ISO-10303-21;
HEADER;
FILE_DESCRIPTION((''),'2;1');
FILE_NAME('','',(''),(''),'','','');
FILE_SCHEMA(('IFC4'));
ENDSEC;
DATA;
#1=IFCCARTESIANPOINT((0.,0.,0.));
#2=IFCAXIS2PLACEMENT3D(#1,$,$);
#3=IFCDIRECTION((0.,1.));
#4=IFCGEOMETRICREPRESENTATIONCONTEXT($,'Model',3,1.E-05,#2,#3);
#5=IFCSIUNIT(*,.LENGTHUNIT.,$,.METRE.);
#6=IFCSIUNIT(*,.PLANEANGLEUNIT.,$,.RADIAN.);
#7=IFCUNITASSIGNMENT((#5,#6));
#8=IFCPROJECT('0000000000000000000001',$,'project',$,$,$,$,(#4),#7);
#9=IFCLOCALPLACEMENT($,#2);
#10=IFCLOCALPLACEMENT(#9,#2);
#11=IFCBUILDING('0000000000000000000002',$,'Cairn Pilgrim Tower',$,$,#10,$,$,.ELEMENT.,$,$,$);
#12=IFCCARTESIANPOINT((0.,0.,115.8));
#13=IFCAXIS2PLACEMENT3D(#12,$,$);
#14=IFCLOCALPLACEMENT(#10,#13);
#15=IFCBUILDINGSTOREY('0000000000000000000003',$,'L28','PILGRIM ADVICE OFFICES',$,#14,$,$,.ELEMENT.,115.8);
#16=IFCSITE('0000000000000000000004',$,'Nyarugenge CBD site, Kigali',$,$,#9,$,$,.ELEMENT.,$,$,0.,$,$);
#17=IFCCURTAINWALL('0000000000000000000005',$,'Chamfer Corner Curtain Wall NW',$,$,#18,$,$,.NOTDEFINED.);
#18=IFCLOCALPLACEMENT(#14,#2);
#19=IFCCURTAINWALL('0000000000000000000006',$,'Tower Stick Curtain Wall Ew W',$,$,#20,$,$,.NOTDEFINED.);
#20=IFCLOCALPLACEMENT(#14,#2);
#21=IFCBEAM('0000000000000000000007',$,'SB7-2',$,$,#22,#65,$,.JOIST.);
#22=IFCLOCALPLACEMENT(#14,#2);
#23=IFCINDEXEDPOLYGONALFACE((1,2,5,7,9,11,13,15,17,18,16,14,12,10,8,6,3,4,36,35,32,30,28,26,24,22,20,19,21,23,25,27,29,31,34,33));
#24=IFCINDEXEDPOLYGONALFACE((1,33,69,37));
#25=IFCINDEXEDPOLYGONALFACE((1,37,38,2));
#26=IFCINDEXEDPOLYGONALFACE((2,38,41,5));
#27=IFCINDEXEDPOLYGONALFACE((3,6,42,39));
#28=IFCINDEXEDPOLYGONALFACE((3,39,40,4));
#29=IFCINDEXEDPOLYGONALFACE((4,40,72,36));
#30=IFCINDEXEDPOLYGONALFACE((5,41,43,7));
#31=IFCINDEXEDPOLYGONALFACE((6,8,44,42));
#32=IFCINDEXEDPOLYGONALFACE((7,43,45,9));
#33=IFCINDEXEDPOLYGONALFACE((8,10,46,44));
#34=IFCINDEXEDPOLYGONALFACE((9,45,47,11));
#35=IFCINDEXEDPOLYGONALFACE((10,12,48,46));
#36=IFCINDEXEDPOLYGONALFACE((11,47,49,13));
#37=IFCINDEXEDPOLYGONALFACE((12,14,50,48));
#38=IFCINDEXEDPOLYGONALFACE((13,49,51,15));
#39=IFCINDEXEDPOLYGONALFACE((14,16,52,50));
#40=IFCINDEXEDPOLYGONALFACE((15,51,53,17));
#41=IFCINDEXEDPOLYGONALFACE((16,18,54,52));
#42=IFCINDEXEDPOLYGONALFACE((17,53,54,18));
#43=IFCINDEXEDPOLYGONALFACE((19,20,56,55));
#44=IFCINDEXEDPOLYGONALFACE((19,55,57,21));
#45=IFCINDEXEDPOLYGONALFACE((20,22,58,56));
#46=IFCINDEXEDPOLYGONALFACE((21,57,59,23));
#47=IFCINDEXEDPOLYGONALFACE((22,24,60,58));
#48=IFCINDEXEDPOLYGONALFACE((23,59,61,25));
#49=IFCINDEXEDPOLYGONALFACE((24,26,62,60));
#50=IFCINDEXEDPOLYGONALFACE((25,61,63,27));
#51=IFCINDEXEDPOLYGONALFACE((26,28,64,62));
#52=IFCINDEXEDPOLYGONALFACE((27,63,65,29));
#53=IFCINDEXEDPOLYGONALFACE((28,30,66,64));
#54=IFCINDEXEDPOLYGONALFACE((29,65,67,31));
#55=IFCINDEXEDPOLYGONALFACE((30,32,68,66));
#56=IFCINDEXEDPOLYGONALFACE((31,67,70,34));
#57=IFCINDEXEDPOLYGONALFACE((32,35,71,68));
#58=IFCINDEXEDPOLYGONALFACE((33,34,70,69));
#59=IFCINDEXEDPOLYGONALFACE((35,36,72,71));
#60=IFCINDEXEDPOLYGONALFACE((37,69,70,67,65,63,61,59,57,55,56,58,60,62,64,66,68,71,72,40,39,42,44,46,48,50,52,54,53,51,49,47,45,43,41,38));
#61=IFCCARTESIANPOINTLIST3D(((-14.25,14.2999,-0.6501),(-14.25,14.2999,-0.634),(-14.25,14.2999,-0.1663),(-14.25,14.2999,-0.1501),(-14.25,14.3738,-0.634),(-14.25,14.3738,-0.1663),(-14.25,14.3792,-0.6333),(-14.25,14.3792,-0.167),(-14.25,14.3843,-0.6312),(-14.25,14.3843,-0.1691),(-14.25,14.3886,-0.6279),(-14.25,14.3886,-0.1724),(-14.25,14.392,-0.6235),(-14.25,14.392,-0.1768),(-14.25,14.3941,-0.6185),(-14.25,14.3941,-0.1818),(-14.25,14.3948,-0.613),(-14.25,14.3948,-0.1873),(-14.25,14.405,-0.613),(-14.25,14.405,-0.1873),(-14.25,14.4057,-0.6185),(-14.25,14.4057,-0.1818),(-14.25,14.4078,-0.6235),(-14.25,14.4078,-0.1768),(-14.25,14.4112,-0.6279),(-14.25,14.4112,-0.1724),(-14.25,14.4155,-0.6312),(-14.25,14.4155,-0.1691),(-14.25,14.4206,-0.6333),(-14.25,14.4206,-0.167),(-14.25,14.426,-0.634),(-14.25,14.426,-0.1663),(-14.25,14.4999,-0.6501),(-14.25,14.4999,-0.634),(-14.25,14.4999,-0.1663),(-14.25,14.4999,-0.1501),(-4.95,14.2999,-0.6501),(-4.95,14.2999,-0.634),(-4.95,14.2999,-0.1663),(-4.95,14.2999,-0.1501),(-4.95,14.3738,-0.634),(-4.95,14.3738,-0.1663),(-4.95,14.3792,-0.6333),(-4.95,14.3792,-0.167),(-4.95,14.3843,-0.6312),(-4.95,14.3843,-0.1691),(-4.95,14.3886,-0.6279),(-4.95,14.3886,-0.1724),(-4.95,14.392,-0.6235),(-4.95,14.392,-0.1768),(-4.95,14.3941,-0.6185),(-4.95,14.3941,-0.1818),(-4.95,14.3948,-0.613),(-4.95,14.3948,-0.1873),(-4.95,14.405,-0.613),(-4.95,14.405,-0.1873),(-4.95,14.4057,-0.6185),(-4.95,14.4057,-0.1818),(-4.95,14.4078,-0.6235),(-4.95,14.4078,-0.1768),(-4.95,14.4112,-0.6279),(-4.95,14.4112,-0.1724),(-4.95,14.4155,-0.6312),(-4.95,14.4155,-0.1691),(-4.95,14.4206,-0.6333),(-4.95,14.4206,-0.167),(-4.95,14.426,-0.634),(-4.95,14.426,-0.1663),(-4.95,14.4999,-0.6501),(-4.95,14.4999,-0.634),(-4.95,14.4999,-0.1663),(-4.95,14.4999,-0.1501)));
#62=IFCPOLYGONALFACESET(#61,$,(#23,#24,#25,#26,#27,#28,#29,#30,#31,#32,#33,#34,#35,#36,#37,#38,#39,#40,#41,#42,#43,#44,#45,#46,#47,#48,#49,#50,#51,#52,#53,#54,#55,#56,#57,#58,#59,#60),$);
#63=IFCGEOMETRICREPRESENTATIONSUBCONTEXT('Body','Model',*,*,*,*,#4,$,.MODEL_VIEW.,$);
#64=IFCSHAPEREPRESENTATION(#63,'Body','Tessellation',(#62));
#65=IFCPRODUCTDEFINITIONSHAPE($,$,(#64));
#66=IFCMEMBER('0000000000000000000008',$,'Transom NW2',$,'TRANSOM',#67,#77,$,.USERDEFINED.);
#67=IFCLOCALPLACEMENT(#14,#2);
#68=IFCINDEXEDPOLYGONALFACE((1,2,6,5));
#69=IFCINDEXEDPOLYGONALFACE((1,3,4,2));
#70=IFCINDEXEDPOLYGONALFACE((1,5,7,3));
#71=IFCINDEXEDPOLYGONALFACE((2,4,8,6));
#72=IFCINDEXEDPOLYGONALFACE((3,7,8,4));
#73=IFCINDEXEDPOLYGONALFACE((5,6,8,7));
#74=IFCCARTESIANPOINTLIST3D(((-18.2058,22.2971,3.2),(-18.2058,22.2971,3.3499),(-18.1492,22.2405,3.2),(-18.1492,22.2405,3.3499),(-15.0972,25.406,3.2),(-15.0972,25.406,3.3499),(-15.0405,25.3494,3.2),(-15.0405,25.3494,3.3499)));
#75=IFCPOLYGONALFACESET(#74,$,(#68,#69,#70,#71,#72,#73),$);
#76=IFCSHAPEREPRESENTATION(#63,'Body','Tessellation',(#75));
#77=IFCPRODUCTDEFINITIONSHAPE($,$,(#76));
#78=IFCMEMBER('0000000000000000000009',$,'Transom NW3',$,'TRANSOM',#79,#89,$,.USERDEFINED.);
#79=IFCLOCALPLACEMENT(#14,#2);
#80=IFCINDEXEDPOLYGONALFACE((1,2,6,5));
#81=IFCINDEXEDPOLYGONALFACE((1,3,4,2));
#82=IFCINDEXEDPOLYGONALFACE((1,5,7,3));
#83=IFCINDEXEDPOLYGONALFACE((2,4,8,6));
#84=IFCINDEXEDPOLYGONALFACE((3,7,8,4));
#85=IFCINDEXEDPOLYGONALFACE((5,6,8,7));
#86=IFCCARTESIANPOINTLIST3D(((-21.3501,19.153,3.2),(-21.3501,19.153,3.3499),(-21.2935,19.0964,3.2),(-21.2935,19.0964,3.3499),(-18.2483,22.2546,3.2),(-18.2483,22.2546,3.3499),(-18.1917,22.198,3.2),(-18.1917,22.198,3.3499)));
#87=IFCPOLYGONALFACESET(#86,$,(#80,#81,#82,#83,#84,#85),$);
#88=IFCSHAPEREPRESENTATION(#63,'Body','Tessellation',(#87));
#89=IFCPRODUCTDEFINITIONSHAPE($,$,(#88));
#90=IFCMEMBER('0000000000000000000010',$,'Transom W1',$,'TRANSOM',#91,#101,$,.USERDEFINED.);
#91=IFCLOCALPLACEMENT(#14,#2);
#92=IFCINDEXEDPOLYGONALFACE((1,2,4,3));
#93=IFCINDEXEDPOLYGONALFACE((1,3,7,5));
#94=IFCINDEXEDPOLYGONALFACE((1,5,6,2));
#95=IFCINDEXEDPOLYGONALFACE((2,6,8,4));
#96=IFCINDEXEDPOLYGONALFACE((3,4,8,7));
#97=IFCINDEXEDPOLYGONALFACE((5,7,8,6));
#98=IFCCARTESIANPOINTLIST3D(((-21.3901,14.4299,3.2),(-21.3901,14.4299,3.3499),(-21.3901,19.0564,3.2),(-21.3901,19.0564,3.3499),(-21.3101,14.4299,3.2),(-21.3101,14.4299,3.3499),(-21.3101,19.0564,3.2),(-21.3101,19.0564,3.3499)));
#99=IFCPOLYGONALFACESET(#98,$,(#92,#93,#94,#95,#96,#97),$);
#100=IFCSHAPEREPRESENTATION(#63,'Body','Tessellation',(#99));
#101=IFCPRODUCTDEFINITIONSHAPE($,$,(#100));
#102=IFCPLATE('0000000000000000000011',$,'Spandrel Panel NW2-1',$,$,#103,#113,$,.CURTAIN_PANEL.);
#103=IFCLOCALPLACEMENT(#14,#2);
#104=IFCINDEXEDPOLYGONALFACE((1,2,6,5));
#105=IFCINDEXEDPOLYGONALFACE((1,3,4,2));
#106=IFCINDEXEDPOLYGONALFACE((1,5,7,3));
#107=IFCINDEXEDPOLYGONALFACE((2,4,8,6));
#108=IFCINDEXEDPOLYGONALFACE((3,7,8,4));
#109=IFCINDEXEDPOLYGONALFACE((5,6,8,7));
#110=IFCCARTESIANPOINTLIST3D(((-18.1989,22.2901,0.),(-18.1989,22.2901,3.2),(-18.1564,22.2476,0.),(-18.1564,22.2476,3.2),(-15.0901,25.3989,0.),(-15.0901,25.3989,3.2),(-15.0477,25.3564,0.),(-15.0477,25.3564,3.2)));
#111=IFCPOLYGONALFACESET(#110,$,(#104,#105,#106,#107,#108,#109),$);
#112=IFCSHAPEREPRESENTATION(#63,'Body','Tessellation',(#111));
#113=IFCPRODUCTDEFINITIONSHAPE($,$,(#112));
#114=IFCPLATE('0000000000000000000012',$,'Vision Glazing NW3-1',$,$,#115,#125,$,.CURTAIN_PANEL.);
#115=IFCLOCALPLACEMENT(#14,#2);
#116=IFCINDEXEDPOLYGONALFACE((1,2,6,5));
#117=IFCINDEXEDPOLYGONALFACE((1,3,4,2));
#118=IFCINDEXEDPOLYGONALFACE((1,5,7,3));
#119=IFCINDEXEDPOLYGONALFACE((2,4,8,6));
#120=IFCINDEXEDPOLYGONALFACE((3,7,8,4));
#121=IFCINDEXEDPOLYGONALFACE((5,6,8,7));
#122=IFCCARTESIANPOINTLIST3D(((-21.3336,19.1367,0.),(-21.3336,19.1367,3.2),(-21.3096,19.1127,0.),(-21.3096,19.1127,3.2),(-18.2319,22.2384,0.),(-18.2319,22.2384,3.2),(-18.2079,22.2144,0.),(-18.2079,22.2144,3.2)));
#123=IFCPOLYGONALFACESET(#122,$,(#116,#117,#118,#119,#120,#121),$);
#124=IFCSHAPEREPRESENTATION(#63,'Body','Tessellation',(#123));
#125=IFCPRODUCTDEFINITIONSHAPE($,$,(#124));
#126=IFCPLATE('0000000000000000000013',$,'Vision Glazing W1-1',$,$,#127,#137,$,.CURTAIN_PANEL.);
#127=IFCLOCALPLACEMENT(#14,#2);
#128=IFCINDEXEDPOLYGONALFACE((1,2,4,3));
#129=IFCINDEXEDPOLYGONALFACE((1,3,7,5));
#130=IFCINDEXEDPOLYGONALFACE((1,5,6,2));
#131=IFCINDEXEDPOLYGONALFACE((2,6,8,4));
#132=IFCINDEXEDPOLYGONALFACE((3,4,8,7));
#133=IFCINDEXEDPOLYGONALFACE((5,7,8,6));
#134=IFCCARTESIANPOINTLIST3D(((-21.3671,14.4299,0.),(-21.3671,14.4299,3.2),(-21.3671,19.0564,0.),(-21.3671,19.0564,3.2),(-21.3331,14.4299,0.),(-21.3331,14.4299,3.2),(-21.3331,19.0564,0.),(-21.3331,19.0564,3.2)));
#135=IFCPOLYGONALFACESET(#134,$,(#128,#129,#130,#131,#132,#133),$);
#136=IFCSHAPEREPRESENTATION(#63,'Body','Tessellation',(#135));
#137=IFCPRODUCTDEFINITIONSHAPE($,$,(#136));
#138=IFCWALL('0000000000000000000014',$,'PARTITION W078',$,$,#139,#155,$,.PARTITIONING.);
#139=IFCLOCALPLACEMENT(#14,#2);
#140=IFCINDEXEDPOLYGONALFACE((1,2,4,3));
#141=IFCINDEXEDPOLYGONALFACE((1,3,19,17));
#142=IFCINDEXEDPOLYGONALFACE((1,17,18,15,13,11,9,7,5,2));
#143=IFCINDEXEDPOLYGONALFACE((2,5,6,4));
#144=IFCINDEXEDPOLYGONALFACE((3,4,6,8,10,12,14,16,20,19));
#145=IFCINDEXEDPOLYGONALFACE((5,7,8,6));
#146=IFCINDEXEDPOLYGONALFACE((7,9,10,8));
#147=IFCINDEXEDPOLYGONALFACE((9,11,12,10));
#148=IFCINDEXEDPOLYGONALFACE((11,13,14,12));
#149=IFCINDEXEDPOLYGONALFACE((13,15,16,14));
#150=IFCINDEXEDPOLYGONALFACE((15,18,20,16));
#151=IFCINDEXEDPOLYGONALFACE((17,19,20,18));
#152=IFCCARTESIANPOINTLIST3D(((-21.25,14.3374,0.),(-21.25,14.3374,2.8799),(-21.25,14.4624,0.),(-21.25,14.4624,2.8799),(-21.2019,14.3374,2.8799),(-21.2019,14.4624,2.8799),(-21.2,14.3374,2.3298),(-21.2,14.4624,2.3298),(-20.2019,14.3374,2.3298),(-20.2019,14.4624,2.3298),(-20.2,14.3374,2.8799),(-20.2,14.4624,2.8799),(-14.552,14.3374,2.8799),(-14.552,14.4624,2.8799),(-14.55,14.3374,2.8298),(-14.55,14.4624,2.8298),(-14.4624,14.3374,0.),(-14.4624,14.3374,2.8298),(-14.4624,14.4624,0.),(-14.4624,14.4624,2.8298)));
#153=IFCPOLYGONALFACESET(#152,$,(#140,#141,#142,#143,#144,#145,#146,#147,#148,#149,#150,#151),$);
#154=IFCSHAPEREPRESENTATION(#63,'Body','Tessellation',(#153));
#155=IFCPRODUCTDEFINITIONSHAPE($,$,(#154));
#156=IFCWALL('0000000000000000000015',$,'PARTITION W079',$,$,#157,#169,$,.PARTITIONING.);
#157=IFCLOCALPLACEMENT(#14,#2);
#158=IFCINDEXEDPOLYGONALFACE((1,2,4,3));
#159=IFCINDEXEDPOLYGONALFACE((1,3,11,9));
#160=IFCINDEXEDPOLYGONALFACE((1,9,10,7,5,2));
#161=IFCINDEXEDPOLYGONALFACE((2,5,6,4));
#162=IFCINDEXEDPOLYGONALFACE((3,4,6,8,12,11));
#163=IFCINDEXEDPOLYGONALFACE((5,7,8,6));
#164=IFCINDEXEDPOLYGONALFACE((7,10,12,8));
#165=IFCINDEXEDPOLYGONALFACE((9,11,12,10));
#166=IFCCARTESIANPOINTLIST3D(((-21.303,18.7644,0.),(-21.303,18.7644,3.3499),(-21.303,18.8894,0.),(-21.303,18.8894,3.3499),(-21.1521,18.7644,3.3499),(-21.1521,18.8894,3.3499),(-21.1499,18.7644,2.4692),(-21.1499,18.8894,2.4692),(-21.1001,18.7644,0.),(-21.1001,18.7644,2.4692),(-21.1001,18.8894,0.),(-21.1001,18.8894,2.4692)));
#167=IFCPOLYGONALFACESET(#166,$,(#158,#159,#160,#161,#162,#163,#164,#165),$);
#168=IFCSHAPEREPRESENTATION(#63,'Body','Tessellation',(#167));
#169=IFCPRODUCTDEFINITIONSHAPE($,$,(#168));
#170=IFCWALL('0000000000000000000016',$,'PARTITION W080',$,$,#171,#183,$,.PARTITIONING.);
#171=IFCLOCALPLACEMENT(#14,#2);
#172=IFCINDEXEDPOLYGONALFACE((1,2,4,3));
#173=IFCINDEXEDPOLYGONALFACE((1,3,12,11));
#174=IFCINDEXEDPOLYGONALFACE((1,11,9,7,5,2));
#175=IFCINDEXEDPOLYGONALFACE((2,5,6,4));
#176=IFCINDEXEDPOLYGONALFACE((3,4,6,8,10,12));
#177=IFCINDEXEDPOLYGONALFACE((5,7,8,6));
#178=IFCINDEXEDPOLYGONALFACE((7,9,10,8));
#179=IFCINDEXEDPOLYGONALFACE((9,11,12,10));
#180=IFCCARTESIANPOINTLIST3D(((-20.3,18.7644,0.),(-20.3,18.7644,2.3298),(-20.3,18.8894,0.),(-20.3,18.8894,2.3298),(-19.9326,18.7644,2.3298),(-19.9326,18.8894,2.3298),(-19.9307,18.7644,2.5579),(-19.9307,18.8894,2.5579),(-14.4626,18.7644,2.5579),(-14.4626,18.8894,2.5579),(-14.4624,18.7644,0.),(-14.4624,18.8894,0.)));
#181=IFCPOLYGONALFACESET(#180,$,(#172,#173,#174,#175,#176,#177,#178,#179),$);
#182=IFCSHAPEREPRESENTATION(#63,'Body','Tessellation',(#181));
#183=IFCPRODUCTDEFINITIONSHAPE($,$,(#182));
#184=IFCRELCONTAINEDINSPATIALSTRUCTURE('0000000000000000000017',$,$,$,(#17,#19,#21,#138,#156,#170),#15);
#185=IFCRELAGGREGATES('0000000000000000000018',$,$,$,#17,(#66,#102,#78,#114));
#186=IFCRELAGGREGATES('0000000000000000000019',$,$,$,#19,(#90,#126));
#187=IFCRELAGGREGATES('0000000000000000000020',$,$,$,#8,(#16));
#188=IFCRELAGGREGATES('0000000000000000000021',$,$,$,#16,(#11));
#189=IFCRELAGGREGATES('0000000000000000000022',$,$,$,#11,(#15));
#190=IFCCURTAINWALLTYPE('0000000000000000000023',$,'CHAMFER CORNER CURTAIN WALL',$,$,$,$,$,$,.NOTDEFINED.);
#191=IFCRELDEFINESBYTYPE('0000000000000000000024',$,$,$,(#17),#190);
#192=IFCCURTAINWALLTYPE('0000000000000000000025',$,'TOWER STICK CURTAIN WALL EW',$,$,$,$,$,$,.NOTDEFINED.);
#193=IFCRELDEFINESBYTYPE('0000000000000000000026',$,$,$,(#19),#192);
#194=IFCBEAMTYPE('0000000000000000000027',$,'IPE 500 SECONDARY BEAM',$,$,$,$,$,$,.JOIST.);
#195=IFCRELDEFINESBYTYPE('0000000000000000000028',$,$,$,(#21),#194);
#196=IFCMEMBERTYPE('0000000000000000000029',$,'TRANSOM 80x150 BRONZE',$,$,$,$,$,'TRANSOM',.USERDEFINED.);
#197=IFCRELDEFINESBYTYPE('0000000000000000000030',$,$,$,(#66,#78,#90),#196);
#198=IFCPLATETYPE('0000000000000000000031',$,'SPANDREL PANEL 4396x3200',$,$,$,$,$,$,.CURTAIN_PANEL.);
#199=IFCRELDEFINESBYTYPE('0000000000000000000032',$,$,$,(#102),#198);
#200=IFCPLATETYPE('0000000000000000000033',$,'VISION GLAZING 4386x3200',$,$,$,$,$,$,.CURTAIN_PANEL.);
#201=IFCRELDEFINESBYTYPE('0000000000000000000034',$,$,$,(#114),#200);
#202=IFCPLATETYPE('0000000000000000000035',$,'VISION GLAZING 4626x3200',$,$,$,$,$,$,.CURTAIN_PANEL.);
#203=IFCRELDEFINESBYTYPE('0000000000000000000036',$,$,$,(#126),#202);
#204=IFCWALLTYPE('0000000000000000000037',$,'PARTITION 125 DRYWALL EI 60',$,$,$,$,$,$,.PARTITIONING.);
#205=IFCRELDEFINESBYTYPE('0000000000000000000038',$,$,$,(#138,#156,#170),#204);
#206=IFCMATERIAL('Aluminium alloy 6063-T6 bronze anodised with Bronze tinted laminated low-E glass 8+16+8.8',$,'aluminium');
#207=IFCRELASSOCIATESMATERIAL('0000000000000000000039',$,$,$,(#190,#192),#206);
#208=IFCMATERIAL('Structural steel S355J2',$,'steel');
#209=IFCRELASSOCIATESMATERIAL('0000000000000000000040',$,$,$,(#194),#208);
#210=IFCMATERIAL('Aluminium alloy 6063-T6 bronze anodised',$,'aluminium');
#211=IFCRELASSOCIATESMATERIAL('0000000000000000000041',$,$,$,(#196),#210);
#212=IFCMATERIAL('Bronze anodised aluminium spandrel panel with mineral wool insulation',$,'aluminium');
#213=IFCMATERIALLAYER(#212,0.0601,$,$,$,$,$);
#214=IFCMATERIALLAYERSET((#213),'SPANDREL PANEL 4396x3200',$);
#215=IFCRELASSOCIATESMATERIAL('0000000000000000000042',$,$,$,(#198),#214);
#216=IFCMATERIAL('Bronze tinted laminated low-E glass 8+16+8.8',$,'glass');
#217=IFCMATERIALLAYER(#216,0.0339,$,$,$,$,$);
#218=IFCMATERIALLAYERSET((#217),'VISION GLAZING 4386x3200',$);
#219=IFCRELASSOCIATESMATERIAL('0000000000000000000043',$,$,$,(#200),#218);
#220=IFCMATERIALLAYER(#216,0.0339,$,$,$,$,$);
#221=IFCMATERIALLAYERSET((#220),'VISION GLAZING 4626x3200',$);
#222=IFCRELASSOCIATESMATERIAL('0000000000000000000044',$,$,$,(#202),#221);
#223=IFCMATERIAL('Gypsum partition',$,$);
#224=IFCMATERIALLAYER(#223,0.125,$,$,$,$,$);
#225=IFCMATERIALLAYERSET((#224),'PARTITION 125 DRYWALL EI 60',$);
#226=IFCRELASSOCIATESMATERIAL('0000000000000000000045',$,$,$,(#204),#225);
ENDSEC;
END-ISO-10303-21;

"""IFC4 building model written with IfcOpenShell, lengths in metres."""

from ifc_helpers import new_model, si_unit, direction, frame, origin, origin_2d, place, context, subcontext, project, spatial, polyline, rectangle, i_section, outline, extrude, material, layer, layer_set, material_profile, profile_set, type_object, element, aggregate, save


model = new_model("IFC4")

# Units and contexts
model_context = context("Model", 3, precision=1e-05, world=origin(), true_north=direction((0.0, 1.0)))
body_context = subcontext(model_context, "Body", "Model", "MODEL_VIEW")
ifc_project = project(units=[si_unit("LENGTHUNIT", "METRE"), si_unit("PLANEANGLEUNIT", "RADIAN")], contexts=[model_context])

# Site, building, storey
site_placement = place(None, origin())
site = spatial("IfcSite", under=ifc_project, at=site_placement, Name="Nyarugenge CBD site, Kigali", CompositionType="ELEMENT", RefElevation=0.0)
building_placement = place(site_placement, origin())
building = spatial("IfcBuilding", under=site, at=building_placement, Name="Cairn Pilgrim Tower", CompositionType="ELEMENT")
storey_placement = place(building_placement, frame((0.0, 0.0, 115.8)))
storey = spatial("IfcBuildingStorey", under=building, at=storey_placement, Name="L28", Description="PILGRIM ADVICE OFFICES", CompositionType="ELEMENT", Elevation=115.8)

# Shared definitions
ifc_material_1 = material(Name="Structural steel S355J2", Category="steel")

# Curtain walls
ifc_material_2 = material(Name="Aluminium alloy 6063-T6 bronze anodised with Bronze tinted laminated low-E glass 8+16+8.8", Category="aluminium")
curtain_wall_type_1 = type_object("IfcCurtainWallType", Name="CHAMFER CORNER CURTAIN WALL", PredefinedType="NOTDEFINED", material=ifc_material_2)
curtain_wall_1_placement = place(storey_placement, origin())
curtain_wall_1 = element("IfcCurtainWall", 1, at=curtain_wall_1_placement, inside=storey, type_object=curtain_wall_type_1, Name="Chamfer Corner Curtain Wall NW", PredefinedType="NOTDEFINED")
ifc_material_3 = material(Name="Aluminium alloy 6063-T6 bronze anodised", Category="aluminium")
curtain_wall_type_2 = type_object("IfcCurtainWallType", Name="TOWER STICK CURTAIN WALL EW", PredefinedType="NOTDEFINED", material=ifc_material_2)
curtain_wall_2_placement = place(storey_placement, origin())
curtain_wall_2 = element("IfcCurtainWall", 2, at=curtain_wall_2_placement, inside=storey, type_object=curtain_wall_type_2, Name="Tower Stick Curtain Wall Ew W", PredefinedType="NOTDEFINED")

# Beam
ifc_material_profile_1 = material_profile(ifc_material_1, i_section(OverallWidth=0.2, OverallDepth=0.5, WebThickness=0.0103, FlangeThickness=0.0161, FilletRadius=0.021, at=origin_2d()), Name="IPE 500")
ifc_profile_set_1 = profile_set([ifc_material_profile_1], Name="Structural steel S355J2")
beam_type_1 = type_object("IfcBeamType", Name="IPE 500 SECONDARY BEAM", PredefinedType="JOIST", material=ifc_profile_set_1)
beam_1_placement = place(storey_placement, frame((-14.25, 14.3999, -0.4001), z_axis=(1.0, 0.0, 0.0), x_axis=(0.0, 1.0, 0.0)))
element("IfcBeam", 3, at=beam_1_placement, inside=storey, type_object=beam_type_1, Name="SB7-2", PredefinedType="JOIST", context=body_context, shape_type="SweptSolid", body=[
    extrude(i_section(OverallWidth=0.2, OverallDepth=0.5, WebThickness=0.0103, FlangeThickness=0.0161, FilletRadius=0.021, at=origin_2d()), origin(), (0.0, 0.0, 1.0), 9.3),
])

# Members
ifc_material_profile_2 = material_profile(ifc_material_3, rectangle(XDim=0.0801, YDim=0.1499, at=origin_2d()), Name="TRANSOM 80x150 BRONZE")
ifc_profile_set_2 = profile_set([ifc_material_profile_2], Name="Aluminium alloy 6063-T6 bronze anodised")
member_type_1 = type_object("IfcMemberType", Name="TRANSOM 80x150 BRONZE", ElementType="TRANSOM", PredefinedType="USERDEFINED", material=ifc_profile_set_2)
member_1_placement = place(storey_placement, frame((-15.0688, 25.3777, 3.2749), z_axis=(-0.707079, -0.707135, 0.0), x_axis=(0.707135, -0.707079, 0.0)))
member_1 = element("IfcMember", 4, at=member_1_placement, type_object=member_type_1, Name="Transom NW2", ObjectType="TRANSOM", PredefinedType="USERDEFINED", context=body_context, shape_type="SweptSolid", body=[
    extrude(rectangle(XDim=0.0801, YDim=0.1499, at=origin_2d()), origin(), (0.0, 0.0, 1.0), 4.3965),
])
member_2_placement = place(storey_placement, frame((-18.22, 22.2263, 3.2749), z_axis=(-0.707135, -0.707079, 0.0), x_axis=(0.707079, -0.707135, 0.0)))
member_2 = element("IfcMember", 5, at=member_2_placement, type_object=member_type_1, Name="Transom NW3", ObjectType="TRANSOM", PredefinedType="USERDEFINED", context=body_context, shape_type="SweptSolid", body=[
    extrude(rectangle(XDim=0.0801, YDim=0.1499, at=origin_2d()), origin(), (0.0, 0.0, 1.0), 4.3865),
])
member_3_placement = place(storey_placement, frame((-21.3501, 19.0564, 3.2749), z_axis=(0.0, -1.0, 0.0), x_axis=(1.0, 0.0, 0.0)))
member_3 = element("IfcMember", 6, at=member_3_placement, type_object=member_type_1, Name="Transom W1", ObjectType="TRANSOM", PredefinedType="USERDEFINED", context=body_context, shape_type="SweptSolid", body=[
    extrude(rectangle(XDim=0.0801, YDim=0.1499, at=origin_2d()), origin(), (0.0, 0.0, 1.0), 4.6265),
])

# Plates
ifc_material_4 = material(Name="Bronze anodised aluminium spandrel panel with mineral wool insulation", Category="aluminium")
ifc_layer_1 = layer(ifc_material_4, 0.0601)
ifc_layer_set_1 = layer_set([ifc_layer_1], Name="SPANDREL PANEL 4396x3200")
plate_type_1 = type_object("IfcPlateType", Name="SPANDREL PANEL 4396x3200", PredefinedType="CURTAIN_PANEL", material=ifc_layer_set_1)
plate_1_placement = place(storey_placement, frame((-16.6233, 23.8232, 0.0), z_axis=(0.0, 0.0, 1.0), x_axis=(-0.707107, -0.707107, 0.0)))
plate_1 = element("IfcPlate", 7, at=plate_1_placement, type_object=plate_type_1, Name="Spandrel Panel NW2-1", PredefinedType="CURTAIN_PANEL", context=body_context, shape_type="SweptSolid", body=[
    extrude(rectangle(XDim=4.3965, YDim=0.0601, at=origin_2d()), origin(), (0.0, 0.0, 1.0), 3.2),
])
ifc_material_5 = material(Name="Bronze tinted laminated low-E glass 8+16+8.8", Category="glass")
ifc_layer_2 = layer(ifc_material_5, 0.0339)
ifc_layer_set_2 = layer_set([ifc_layer_2], Name="VISION GLAZING 4386x3200")
plate_type_2 = type_object("IfcPlateType", Name="VISION GLAZING 4386x3200", PredefinedType="CURTAIN_PANEL", material=ifc_layer_set_2)
plate_2_placement = place(storey_placement, frame((-19.7708, 20.6755, 0.0), z_axis=(0.0, 0.0, 1.0), x_axis=(-0.707107, -0.707107, 0.0)))
plate_2 = element("IfcPlate", 8, at=plate_2_placement, type_object=plate_type_2, Name="Vision Glazing NW3-1", PredefinedType="CURTAIN_PANEL", context=body_context, shape_type="SweptSolid", body=[
    extrude(rectangle(XDim=4.3865, YDim=0.0339, at=origin_2d()), origin(), (0.0, 0.0, 1.0), 3.2),
])
aggregate(curtain_wall_1, [member_1, plate_1, member_2, plate_2])
ifc_layer_3 = layer(ifc_material_5, 0.0339)
ifc_layer_set_3 = layer_set([ifc_layer_3], Name="VISION GLAZING 4626x3200")
plate_type_3 = type_object("IfcPlateType", Name="VISION GLAZING 4626x3200", PredefinedType="CURTAIN_PANEL", material=ifc_layer_set_3)
plate_3_placement = place(storey_placement, frame((-21.3501, 16.7432, 0.0), z_axis=(0.0, 0.0, 1.0), x_axis=(0.0, -1.0, 0.0)))
plate_3 = element("IfcPlate", 9, at=plate_3_placement, type_object=plate_type_3, Name="Vision Glazing W1-1", PredefinedType="CURTAIN_PANEL", context=body_context, shape_type="SweptSolid", body=[
    extrude(rectangle(XDim=4.6265, YDim=0.0339, at=origin_2d()), origin(), (0.0, 0.0, 1.0), 3.2),
])
aggregate(curtain_wall_2, [member_3, plate_3])

# Walls
ifc_material_6 = material(Name="Gypsum partition")
ifc_layer_4 = layer(ifc_material_6, 0.125)
ifc_layer_set_4 = layer_set([ifc_layer_4], Name="PARTITION 125 DRYWALL EI 60")
wall_type_1 = type_object("IfcWallType", Name="PARTITION 125 DRYWALL EI 60", PredefinedType="PARTITIONING", material=ifc_layer_set_4)
wall_1_placement = place(storey_placement, frame((-21.25, 14.3999, 0.0), z_axis=(0.0, 0.0, 1.0), x_axis=(1.0, 0.0, 0.0)))
element("IfcWall", 10, at=wall_1_placement, inside=storey, type_object=wall_type_1, Name="PARTITION W078", PredefinedType="PARTITIONING", context=body_context, shape_type="SweptSolid", body=[
    extrude(outline(polyline([(0.0, 0.0), (6.7876, 0.0), (6.7876, 2.8298), (6.7, 2.8298), (6.698, 2.8799), (1.05, 2.8799), (1.0481, 2.3298), (0.05, 2.3298), (0.0481, 2.8799), (0.0, 2.8799), (0.0, 0.0)])), frame((0.0, 0.0625, 0.0), z_axis=(0.0, -1.0, 0.0), x_axis=(1.0, 0.0, 0.0)), (0.0, 0.0, 1.0), 0.125),
])
wall_2_placement = place(storey_placement, frame((-21.303, 18.8269, 0.0), z_axis=(0.0, 0.0, 1.0), x_axis=(1.0, 0.0, 0.0)))
element("IfcWall", 11, at=wall_2_placement, inside=storey, type_object=wall_type_1, Name="PARTITION W079", PredefinedType="PARTITIONING", context=body_context, shape_type="SweptSolid", body=[
    extrude(outline(polyline([(0.0, 0.0), (0.2029, 0.0), (0.2029, 2.4692), (0.1531, 2.4692), (0.1509, 3.3499), (0.0, 3.3499), (0.0, 0.0)])), frame((0.0, 0.0625, 0.0), z_axis=(0.0, -1.0, 0.0), x_axis=(1.0, 0.0, 0.0)), (0.0, 0.0, 1.0), 0.125),
])
wall_3_placement = place(storey_placement, frame((-20.3, 18.8269, 0.0), z_axis=(0.0, 0.0, 1.0), x_axis=(1.0, 0.0, 0.0)))
element("IfcWall", 12, at=wall_3_placement, inside=storey, type_object=wall_type_1, Name="PARTITION W080", PredefinedType="PARTITIONING", context=body_context, shape_type="SweptSolid", body=[
    extrude(outline(polyline([(0.0, 0.0), (5.8376, 0.0), (5.8374, 2.5579), (0.3694, 2.5579), (0.3674, 2.3298), (0.0, 2.3298), (0.0, 0.0)])), frame((0.0, 0.0625, 0.0), z_axis=(0.0, -1.0, 0.0), x_axis=(1.0, 0.0, 0.0)), (0.0, 0.0, 1.0), 0.125),
])

save(model, "model.ifc")
